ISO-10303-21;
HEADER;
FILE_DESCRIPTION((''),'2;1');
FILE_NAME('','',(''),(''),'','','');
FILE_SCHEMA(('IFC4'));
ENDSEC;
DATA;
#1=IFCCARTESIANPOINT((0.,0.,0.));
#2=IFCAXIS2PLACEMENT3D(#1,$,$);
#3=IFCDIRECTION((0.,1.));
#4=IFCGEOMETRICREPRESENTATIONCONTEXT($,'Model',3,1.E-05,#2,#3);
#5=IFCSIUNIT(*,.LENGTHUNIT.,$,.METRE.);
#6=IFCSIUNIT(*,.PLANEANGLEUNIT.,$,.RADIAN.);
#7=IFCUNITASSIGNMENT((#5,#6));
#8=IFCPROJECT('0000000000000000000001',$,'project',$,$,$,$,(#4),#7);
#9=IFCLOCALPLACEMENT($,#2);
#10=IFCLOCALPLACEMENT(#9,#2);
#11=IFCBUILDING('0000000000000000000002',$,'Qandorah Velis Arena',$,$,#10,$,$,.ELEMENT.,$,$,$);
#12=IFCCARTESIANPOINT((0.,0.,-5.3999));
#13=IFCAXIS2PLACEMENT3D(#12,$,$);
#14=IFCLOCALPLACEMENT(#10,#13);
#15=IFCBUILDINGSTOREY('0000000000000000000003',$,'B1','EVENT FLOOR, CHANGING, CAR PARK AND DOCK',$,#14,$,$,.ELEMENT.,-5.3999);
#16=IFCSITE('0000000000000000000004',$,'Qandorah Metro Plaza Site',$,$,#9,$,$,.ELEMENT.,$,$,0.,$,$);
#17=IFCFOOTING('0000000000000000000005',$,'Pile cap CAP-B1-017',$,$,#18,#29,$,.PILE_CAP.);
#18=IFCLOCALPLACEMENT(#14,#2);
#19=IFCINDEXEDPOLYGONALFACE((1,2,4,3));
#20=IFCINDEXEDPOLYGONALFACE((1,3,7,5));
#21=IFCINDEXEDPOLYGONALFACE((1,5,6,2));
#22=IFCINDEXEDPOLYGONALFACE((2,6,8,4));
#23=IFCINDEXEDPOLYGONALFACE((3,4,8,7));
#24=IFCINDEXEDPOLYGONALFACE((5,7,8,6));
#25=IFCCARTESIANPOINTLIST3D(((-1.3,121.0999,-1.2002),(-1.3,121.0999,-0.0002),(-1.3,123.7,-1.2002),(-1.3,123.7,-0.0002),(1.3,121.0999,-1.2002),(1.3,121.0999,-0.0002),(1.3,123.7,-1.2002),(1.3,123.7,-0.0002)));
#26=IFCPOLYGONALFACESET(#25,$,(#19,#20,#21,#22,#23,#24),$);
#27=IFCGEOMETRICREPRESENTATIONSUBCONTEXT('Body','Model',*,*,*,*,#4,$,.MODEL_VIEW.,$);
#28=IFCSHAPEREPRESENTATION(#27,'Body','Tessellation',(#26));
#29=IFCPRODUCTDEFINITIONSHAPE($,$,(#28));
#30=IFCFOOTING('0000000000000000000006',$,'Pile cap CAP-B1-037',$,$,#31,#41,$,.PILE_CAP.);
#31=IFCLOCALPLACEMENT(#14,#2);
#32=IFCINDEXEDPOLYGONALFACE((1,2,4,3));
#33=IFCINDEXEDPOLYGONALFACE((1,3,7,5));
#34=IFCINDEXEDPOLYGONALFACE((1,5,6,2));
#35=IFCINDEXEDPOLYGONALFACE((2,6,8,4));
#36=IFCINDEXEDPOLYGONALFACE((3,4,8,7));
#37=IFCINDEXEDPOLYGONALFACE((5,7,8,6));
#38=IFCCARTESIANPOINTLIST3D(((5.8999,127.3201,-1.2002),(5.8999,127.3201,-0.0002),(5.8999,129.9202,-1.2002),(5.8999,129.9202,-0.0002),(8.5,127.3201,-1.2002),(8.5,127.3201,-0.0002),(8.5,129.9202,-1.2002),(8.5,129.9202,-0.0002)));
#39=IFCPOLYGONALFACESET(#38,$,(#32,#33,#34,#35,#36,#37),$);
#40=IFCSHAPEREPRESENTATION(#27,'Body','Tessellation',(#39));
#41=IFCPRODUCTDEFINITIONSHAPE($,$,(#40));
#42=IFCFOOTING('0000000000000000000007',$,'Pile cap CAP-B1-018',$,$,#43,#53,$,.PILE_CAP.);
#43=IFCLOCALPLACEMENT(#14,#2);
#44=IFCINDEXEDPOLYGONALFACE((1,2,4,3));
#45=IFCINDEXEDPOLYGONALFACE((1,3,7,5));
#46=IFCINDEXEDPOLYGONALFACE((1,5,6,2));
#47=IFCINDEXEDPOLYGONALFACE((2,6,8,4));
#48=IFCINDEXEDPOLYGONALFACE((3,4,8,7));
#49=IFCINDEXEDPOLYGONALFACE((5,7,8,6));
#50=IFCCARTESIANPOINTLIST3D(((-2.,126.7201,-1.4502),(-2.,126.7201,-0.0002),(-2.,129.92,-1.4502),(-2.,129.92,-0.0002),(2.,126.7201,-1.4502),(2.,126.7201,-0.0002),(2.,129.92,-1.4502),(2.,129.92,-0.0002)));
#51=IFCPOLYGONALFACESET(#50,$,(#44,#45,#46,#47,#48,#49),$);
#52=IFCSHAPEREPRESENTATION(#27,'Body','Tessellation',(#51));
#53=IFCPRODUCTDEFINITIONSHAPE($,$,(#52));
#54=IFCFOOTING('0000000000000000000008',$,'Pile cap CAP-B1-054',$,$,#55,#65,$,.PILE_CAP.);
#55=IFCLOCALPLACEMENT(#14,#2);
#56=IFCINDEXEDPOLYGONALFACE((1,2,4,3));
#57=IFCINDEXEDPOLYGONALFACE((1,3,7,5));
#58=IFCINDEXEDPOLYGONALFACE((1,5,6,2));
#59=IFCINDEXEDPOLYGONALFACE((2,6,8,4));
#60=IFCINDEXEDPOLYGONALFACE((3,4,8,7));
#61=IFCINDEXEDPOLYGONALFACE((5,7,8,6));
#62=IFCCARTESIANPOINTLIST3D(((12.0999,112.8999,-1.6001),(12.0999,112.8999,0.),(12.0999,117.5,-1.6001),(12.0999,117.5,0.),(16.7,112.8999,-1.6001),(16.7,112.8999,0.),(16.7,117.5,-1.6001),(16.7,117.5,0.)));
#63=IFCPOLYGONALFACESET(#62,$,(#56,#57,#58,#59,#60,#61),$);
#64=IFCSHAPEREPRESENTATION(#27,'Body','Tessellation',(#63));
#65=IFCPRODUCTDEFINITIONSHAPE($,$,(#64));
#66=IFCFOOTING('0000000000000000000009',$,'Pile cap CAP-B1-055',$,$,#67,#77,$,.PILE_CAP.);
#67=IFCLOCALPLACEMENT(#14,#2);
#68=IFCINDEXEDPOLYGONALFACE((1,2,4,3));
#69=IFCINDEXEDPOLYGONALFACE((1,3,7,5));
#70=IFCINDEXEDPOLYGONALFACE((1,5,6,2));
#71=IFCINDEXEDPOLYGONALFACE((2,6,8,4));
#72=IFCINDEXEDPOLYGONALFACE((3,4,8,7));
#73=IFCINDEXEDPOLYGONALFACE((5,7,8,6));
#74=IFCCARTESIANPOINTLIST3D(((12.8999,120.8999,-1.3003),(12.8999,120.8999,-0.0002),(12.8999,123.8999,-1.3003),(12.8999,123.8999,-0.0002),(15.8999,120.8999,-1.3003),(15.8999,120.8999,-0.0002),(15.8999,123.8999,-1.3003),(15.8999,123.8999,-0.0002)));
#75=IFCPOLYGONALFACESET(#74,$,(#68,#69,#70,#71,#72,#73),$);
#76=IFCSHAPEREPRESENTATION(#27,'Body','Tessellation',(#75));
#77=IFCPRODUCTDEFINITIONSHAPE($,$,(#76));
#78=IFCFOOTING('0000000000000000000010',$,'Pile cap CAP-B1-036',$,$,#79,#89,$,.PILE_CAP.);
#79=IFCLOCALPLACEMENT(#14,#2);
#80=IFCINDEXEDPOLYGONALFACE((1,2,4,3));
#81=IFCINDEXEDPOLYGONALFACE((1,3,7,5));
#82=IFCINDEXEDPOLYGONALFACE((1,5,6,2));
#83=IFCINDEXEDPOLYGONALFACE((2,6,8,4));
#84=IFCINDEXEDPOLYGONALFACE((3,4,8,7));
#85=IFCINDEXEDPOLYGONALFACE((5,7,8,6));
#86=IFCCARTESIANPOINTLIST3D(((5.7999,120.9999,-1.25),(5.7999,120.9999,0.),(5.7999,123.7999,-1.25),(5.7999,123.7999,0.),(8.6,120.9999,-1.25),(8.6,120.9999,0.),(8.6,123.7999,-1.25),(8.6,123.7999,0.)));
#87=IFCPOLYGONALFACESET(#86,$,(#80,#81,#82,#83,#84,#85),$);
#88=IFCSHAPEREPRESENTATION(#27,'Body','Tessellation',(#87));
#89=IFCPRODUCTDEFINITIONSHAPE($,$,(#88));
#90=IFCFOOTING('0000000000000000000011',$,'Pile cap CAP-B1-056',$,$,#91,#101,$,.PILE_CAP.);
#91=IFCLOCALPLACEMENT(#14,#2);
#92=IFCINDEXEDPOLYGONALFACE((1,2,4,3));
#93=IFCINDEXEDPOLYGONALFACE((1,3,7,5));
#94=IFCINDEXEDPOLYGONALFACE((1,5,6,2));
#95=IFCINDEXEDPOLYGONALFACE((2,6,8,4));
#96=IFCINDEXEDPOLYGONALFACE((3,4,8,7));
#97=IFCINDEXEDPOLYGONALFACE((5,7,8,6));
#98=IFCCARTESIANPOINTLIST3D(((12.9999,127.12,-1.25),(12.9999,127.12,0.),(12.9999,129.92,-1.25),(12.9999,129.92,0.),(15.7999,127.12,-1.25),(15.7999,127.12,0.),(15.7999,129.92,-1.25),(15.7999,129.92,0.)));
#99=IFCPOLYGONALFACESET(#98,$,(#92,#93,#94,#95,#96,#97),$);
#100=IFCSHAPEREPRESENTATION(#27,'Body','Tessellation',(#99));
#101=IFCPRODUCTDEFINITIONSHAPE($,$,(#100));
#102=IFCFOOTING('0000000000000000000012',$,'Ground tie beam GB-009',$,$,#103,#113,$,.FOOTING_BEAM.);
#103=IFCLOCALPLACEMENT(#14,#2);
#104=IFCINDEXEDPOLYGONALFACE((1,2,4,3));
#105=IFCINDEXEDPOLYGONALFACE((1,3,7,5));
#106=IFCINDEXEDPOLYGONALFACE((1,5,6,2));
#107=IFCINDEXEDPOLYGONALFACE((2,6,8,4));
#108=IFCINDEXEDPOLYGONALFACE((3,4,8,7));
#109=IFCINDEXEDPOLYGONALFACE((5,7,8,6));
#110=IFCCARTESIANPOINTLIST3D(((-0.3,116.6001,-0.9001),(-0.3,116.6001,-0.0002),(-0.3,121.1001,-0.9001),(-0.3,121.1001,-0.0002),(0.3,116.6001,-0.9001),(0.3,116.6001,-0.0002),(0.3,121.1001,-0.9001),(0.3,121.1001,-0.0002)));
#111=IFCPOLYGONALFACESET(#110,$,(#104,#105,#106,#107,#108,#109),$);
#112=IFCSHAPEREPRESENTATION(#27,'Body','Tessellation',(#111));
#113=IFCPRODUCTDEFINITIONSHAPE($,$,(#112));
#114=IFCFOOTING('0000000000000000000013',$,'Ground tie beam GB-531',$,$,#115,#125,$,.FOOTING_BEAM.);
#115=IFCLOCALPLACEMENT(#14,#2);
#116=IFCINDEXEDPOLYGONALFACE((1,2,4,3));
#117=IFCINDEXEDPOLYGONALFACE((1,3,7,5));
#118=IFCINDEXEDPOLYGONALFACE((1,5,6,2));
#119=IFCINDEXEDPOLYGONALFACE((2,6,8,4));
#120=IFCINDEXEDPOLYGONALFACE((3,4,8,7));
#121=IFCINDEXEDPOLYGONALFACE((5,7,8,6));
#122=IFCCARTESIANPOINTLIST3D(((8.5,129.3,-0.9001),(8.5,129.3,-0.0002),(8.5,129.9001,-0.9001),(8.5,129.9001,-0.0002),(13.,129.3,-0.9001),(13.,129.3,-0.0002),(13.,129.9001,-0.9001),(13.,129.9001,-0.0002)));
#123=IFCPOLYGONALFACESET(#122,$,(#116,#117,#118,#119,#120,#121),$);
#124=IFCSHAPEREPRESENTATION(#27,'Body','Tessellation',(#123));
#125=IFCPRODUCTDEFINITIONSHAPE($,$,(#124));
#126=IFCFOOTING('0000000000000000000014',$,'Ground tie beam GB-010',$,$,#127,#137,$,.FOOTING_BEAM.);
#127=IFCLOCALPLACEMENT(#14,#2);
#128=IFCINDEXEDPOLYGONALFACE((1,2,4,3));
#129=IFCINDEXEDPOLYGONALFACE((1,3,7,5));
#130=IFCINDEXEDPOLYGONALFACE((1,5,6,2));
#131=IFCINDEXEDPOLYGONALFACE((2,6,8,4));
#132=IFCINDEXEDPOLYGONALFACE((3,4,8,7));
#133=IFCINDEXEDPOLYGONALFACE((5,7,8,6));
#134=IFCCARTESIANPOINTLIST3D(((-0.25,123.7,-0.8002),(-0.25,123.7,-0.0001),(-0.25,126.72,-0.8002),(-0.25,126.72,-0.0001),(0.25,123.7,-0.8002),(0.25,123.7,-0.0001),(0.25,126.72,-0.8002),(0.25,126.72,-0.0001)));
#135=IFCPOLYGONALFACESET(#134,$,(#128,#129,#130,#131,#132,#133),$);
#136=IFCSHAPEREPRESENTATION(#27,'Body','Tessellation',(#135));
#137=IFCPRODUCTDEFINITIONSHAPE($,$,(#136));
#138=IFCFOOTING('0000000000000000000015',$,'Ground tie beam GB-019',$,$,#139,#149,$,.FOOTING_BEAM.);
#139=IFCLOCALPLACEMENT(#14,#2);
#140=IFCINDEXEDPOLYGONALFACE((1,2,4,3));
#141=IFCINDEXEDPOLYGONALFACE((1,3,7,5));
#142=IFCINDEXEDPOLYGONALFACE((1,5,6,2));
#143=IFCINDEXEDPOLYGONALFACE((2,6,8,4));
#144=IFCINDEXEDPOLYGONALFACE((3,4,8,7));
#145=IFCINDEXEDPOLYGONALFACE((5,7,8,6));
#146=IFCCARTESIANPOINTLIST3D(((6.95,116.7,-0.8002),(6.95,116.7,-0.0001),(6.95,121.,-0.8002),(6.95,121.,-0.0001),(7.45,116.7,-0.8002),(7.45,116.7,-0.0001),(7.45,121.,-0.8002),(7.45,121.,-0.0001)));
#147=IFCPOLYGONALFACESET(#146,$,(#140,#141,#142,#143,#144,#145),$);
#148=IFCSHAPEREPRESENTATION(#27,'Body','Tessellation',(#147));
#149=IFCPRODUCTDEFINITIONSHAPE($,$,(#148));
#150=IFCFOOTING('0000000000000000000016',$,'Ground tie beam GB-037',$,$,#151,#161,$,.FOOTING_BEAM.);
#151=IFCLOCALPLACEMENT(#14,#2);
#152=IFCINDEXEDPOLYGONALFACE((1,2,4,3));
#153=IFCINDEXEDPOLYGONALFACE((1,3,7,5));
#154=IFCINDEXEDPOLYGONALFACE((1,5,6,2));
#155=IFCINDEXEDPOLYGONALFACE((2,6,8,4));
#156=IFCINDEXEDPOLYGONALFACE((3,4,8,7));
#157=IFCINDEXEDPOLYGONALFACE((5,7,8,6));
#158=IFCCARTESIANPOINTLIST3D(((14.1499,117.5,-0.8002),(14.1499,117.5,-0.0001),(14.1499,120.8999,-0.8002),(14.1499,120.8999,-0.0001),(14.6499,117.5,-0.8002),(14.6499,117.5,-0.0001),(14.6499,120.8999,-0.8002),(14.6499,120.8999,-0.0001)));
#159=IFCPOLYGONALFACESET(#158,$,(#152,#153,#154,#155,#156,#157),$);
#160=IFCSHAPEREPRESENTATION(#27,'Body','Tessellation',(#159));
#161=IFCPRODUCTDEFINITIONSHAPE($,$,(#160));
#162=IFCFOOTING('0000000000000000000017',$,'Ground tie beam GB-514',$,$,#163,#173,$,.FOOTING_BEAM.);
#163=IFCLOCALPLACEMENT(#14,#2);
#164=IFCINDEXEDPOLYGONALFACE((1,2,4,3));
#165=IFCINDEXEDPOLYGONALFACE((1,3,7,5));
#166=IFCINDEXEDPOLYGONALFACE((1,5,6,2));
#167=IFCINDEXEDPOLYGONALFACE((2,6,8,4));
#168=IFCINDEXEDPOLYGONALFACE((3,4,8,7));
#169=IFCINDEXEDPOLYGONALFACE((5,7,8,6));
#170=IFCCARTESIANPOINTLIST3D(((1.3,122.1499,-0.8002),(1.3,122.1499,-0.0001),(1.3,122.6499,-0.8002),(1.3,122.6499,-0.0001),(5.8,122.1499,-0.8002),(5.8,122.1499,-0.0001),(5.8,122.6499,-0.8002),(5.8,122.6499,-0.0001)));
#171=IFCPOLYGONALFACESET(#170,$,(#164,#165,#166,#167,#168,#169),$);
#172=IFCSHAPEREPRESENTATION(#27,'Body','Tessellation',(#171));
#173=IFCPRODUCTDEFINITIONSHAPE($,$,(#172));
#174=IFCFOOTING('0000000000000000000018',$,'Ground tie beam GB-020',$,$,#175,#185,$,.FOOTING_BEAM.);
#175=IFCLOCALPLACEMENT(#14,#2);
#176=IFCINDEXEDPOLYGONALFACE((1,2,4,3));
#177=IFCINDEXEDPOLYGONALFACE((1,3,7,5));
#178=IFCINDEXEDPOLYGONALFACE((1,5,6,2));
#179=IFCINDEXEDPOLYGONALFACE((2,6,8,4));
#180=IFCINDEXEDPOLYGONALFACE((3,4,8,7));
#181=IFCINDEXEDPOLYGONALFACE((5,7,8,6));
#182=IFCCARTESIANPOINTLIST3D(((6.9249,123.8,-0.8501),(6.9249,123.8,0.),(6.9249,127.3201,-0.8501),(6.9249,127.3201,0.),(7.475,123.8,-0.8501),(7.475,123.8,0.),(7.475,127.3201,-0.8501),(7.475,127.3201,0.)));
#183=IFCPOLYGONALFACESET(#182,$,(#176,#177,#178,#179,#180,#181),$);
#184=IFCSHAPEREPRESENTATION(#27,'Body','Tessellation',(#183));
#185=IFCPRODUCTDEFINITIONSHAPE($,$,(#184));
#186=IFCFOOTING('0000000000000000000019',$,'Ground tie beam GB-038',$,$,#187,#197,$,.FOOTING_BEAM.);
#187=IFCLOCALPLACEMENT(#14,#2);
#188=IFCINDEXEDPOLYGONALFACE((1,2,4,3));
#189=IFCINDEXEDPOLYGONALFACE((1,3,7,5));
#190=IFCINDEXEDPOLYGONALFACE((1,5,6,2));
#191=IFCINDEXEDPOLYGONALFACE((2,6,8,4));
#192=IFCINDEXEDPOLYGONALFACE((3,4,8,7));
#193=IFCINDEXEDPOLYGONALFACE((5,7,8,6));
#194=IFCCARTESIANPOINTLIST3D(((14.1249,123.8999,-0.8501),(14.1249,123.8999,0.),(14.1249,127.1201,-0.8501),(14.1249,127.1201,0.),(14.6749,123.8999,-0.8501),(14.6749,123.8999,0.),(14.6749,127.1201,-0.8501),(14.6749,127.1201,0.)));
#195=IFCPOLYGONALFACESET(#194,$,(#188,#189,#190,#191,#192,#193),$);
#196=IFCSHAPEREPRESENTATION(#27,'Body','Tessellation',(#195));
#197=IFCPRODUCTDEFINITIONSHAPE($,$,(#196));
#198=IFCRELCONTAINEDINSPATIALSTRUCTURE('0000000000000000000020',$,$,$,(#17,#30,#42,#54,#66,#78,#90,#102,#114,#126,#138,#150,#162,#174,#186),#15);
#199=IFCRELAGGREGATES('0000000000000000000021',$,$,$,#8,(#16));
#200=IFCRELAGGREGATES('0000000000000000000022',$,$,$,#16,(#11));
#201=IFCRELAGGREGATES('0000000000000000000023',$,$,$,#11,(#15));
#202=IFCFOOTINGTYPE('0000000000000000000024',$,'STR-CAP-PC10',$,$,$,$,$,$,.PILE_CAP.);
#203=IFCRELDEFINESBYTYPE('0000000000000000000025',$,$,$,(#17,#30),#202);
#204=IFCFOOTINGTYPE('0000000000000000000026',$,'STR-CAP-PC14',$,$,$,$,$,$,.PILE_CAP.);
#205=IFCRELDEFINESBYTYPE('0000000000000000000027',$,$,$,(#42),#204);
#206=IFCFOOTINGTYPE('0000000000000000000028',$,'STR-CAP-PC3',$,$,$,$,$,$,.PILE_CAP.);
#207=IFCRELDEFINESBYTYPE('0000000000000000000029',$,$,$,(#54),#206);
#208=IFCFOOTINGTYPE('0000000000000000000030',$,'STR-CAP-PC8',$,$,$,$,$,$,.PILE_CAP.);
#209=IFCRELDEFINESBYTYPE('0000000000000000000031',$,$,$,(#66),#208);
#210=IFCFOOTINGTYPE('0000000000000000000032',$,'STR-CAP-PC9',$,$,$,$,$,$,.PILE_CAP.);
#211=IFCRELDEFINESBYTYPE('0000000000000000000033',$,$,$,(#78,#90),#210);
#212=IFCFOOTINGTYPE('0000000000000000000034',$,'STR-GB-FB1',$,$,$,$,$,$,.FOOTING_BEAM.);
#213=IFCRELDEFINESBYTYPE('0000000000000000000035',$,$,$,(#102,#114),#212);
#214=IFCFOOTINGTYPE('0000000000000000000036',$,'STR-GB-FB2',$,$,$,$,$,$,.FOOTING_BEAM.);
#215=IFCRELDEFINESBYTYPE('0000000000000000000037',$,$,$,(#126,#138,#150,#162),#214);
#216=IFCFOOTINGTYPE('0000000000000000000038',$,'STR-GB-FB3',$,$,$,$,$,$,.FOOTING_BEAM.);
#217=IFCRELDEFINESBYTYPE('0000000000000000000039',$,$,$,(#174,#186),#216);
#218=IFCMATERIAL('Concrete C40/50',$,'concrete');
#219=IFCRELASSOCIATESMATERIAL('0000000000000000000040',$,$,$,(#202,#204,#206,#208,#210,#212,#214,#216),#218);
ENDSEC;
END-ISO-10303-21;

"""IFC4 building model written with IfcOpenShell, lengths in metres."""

from ifc_helpers import new_model, si_unit, direction, frame, origin, origin_2d, place, context, subcontext, project, spatial, rectangle, extrude, material, material_profile, profile_set, type_object, element, save


model = new_model("IFC4")

# Units and contexts
model_context = context("Model", 3, precision=1e-05, world=origin(), true_north=direction((0.0, 1.0)))
body_context = subcontext(model_context, "Body", "Model", "MODEL_VIEW")
ifc_project = project(units=[si_unit("LENGTHUNIT", "METRE"), si_unit("PLANEANGLEUNIT", "RADIAN")], contexts=[model_context])

# Site, building, storey
site_placement = place(None, origin())
site = spatial("IfcSite", under=ifc_project, at=site_placement, Name="Qandorah Metro Plaza Site", CompositionType="ELEMENT", RefElevation=0.0)
building_placement = place(site_placement, origin())
building = spatial("IfcBuilding", under=site, at=building_placement, Name="Qandorah Velis Arena", CompositionType="ELEMENT")
storey_placement = place(building_placement, frame((0.0, 0.0, -5.3999)))
storey = spatial("IfcBuildingStorey", under=building, at=storey_placement, Name="B1", Description="EVENT FLOOR, CHANGING, CAR PARK AND DOCK", CompositionType="ELEMENT", Elevation=-5.3999)

# Footings
ifc_material = material(Name="Concrete C40/50", Category="concrete")
footing_type_1 = type_object("IfcFootingType", Name="STR-CAP-PC10", PredefinedType="PILE_CAP", material=ifc_material)
for number, where, z_axis, x_axis, name in (
    (1, (0.0, 122.3999, -1.2002), (0.0, 0.0, 1.0), (1.0, 0.0, 0.0), "Pile cap CAP-B1-017"),
    (2, (7.2, 128.6201, -1.2002), (0.0, 0.0, 1.0), (1.0, 0.0, 0.0), "Pile cap CAP-B1-037"),
):
    element("IfcFooting", number, at=place(storey_placement, frame(where, z_axis=z_axis, x_axis=x_axis)), inside=storey, type_object=footing_type_1, Name=name, PredefinedType="PILE_CAP", context=body_context, shape_type="SweptSolid", body=[
        extrude(rectangle(XDim=2.6001, YDim=2.6001, at=origin_2d()), origin(), (0.0, 0.0, 1.0), 1.2),
    ])
footing_type_2 = type_object("IfcFootingType", Name="STR-CAP-PC14", PredefinedType="PILE_CAP", material=ifc_material)
footing_1_placement = place(storey_placement, frame((0.0, 128.3201, -1.4502), z_axis=(0.0, 0.0, 1.0), x_axis=(1.0, 0.0, 0.0)))
element("IfcFooting", 3, at=footing_1_placement, inside=storey, type_object=footing_type_2, Name="Pile cap CAP-B1-018", PredefinedType="PILE_CAP", context=body_context, shape_type="SweptSolid", body=[
    extrude(rectangle(XDim=4.0, YDim=3.2, at=origin_2d()), origin(), (0.0, 0.0, 1.0), 1.45),
])
footing_type_3 = type_object("IfcFootingType", Name="STR-CAP-PC3", PredefinedType="PILE_CAP", material=ifc_material)
footing_2_placement = place(storey_placement, frame((14.3999, 115.2, -1.6001), z_axis=(0.0, 0.0, 1.0), x_axis=(1.0, 0.0, 0.0)))
element("IfcFooting", 4, at=footing_2_placement, inside=storey, type_object=footing_type_3, Name="Pile cap CAP-B1-054", PredefinedType="PILE_CAP", context=body_context, shape_type="SweptSolid", body=[
    extrude(rectangle(XDim=4.6001, YDim=4.6001, at=origin_2d()), origin(), (0.0, 0.0, 1.0), 1.6001),
])
footing_type_4 = type_object("IfcFootingType", Name="STR-CAP-PC8", PredefinedType="PILE_CAP", material=ifc_material)
footing_3_placement = place(storey_placement, frame((14.3999, 122.3999, -1.3003), z_axis=(0.0, 0.0, 1.0), x_axis=(1.0, 0.0, 0.0)))
element("IfcFooting", 5, at=footing_3_placement, inside=storey, type_object=footing_type_4, Name="Pile cap CAP-B1-055", PredefinedType="PILE_CAP", context=body_context, shape_type="SweptSolid", body=[
    extrude(rectangle(XDim=3.0, YDim=3.0, at=origin_2d()), origin(), (0.0, 0.0, 1.0), 1.3),
])
footing_type_5 = type_object("IfcFootingType", Name="STR-CAP-PC9", PredefinedType="PILE_CAP", material=ifc_material)
for number, where, z_axis, x_axis, name in (
    (6, (7.2, 122.3999, -1.25), (0.0, 0.0, 1.0), (1.0, 0.0, 0.0), "Pile cap CAP-B1-036"),
    (7, (14.3999, 128.52, -1.25), (0.0, 0.0, 1.0), (1.0, 0.0, 0.0), "Pile cap CAP-B1-056"),
):
    element("IfcFooting", number, at=place(storey_placement, frame(where, z_axis=z_axis, x_axis=x_axis)), inside=storey, type_object=footing_type_5, Name=name, PredefinedType="PILE_CAP", context=body_context, shape_type="SweptSolid", body=[
        extrude(rectangle(XDim=2.8, YDim=2.8, at=origin_2d()), origin(), (0.0, 0.0, 1.0), 1.25),
    ])
ifc_material_profile_1 = material_profile(ifc_material, rectangle(XDim=0.6001, YDim=0.8999, at=origin_2d()), Name="GB1 600x900")
ifc_profile_set_1 = profile_set([ifc_material_profile_1], Name="Concrete C40/50")
footing_type_6 = type_object("IfcFootingType", Name="STR-GB-FB1", PredefinedType="FOOTING_BEAM", material=ifc_profile_set_1)
for number, where, z_axis, x_axis, name in (
    (8, (0.0, 116.6001, -0.4502), (0.0, 1.0, 0.0), (-1.0, 0.0, 0.0), "Ground tie beam GB-009"),
    (9, (8.5, 129.6001, -0.4502), (1.0, 0.0, 0.0), (0.0, 1.0, 0.0), "Ground tie beam GB-531"),
):
    element("IfcFooting", number, at=place(storey_placement, frame(where, z_axis=z_axis, x_axis=x_axis)), inside=storey, type_object=footing_type_6, Name=name, PredefinedType="FOOTING_BEAM", context=body_context, shape_type="SweptSolid", body=[
        extrude(rectangle(XDim=0.6001, YDim=0.8999, at=origin_2d()), origin(), (0.0, 0.0, 1.0), 4.5),
    ])
ifc_material_profile_2 = material_profile(ifc_material, rectangle(XDim=0.5, YDim=0.8, at=origin_2d()), Name="GB2 500x800")
ifc_profile_set_2 = profile_set([ifc_material_profile_2], Name="Concrete C40/50")
footing_type_7 = type_object("IfcFootingType", Name="STR-GB-FB2", PredefinedType="FOOTING_BEAM", material=ifc_profile_set_2)
footing_4_placement = place(storey_placement, frame((0.0, 123.7, -0.4001), z_axis=(0.0, 1.0, 0.0), x_axis=(-1.0, 0.0, 0.0)))
element("IfcFooting", 10, at=footing_4_placement, inside=storey, type_object=footing_type_7, Name="Ground tie beam GB-010", PredefinedType="FOOTING_BEAM", context=body_context, shape_type="SweptSolid", body=[
    extrude(rectangle(XDim=0.5, YDim=0.8, at=origin_2d()), origin(), (0.0, 0.0, 1.0), 3.02),
])
footing_5_placement = place(storey_placement, frame((7.2, 116.7, -0.4001), z_axis=(0.0, 1.0, 0.0), x_axis=(-1.0, 0.0, 0.0)))
element("IfcFooting", 11, at=footing_5_placement, inside=storey, type_object=footing_type_7, Name="Ground tie beam GB-019", PredefinedType="FOOTING_BEAM", context=body_context, shape_type="SweptSolid", body=[
    extrude(rectangle(XDim=0.5, YDim=0.8, at=origin_2d()), origin(), (0.0, 0.0, 1.0), 4.3),
])
footing_6_placement = place(storey_placement, frame((14.3999, 117.5, -0.4001), z_axis=(0.0, 1.0, 0.0), x_axis=(-1.0, 0.0, 0.0)))
element("IfcFooting", 12, at=footing_6_placement, inside=storey, type_object=footing_type_7, Name="Ground tie beam GB-037", PredefinedType="FOOTING_BEAM", context=body_context, shape_type="SweptSolid", body=[
    extrude(rectangle(XDim=0.5, YDim=0.8, at=origin_2d()), origin(), (0.0, 0.0, 1.0), 3.3999),
])
footing_7_placement = place(storey_placement, frame((1.3, 122.3999, -0.4001), z_axis=(1.0, 0.0, 0.0), x_axis=(0.0, 1.0, 0.0)))
element("IfcFooting", 13, at=footing_7_placement, inside=storey, type_object=footing_type_7, Name="Ground tie beam GB-514", PredefinedType="FOOTING_BEAM", context=body_context, shape_type="SweptSolid", body=[
    extrude(rectangle(XDim=0.5, YDim=0.8, at=origin_2d()), origin(), (0.0, 0.0, 1.0), 4.5),
])
ifc_material_profile_3 = material_profile(ifc_material, rectangle(XDim=0.55, YDim=0.8501, at=origin_2d()), Name="GB3 550x850")
ifc_profile_set_3 = profile_set([ifc_material_profile_3], Name="Concrete C40/50")
footing_type_8 = type_object("IfcFootingType", Name="STR-GB-FB3", PredefinedType="FOOTING_BEAM", material=ifc_profile_set_3)
footing_8_placement = place(storey_placement, frame((7.2, 123.8, -0.425), z_axis=(0.0, 1.0, 0.0), x_axis=(-1.0, 0.0, 0.0)))
element("IfcFooting", 14, at=footing_8_placement, inside=storey, type_object=footing_type_8, Name="Ground tie beam GB-020", PredefinedType="FOOTING_BEAM", context=body_context, shape_type="SweptSolid", body=[
    extrude(rectangle(XDim=0.55, YDim=0.8501, at=origin_2d()), origin(), (0.0, 0.0, 1.0), 3.52),
])
footing_9_placement = place(storey_placement, frame((14.3999, 123.8999, -0.425), z_axis=(0.0, 1.0, 0.0), x_axis=(-1.0, 0.0, 0.0)))
element("IfcFooting", 15, at=footing_9_placement, inside=storey, type_object=footing_type_8, Name="Ground tie beam GB-038", PredefinedType="FOOTING_BEAM", context=body_context, shape_type="SweptSolid", body=[
    extrude(rectangle(XDim=0.55, YDim=0.8501, at=origin_2d()), origin(), (0.0, 0.0, 1.0), 3.2202),
])

save(model, "model.ifc")
